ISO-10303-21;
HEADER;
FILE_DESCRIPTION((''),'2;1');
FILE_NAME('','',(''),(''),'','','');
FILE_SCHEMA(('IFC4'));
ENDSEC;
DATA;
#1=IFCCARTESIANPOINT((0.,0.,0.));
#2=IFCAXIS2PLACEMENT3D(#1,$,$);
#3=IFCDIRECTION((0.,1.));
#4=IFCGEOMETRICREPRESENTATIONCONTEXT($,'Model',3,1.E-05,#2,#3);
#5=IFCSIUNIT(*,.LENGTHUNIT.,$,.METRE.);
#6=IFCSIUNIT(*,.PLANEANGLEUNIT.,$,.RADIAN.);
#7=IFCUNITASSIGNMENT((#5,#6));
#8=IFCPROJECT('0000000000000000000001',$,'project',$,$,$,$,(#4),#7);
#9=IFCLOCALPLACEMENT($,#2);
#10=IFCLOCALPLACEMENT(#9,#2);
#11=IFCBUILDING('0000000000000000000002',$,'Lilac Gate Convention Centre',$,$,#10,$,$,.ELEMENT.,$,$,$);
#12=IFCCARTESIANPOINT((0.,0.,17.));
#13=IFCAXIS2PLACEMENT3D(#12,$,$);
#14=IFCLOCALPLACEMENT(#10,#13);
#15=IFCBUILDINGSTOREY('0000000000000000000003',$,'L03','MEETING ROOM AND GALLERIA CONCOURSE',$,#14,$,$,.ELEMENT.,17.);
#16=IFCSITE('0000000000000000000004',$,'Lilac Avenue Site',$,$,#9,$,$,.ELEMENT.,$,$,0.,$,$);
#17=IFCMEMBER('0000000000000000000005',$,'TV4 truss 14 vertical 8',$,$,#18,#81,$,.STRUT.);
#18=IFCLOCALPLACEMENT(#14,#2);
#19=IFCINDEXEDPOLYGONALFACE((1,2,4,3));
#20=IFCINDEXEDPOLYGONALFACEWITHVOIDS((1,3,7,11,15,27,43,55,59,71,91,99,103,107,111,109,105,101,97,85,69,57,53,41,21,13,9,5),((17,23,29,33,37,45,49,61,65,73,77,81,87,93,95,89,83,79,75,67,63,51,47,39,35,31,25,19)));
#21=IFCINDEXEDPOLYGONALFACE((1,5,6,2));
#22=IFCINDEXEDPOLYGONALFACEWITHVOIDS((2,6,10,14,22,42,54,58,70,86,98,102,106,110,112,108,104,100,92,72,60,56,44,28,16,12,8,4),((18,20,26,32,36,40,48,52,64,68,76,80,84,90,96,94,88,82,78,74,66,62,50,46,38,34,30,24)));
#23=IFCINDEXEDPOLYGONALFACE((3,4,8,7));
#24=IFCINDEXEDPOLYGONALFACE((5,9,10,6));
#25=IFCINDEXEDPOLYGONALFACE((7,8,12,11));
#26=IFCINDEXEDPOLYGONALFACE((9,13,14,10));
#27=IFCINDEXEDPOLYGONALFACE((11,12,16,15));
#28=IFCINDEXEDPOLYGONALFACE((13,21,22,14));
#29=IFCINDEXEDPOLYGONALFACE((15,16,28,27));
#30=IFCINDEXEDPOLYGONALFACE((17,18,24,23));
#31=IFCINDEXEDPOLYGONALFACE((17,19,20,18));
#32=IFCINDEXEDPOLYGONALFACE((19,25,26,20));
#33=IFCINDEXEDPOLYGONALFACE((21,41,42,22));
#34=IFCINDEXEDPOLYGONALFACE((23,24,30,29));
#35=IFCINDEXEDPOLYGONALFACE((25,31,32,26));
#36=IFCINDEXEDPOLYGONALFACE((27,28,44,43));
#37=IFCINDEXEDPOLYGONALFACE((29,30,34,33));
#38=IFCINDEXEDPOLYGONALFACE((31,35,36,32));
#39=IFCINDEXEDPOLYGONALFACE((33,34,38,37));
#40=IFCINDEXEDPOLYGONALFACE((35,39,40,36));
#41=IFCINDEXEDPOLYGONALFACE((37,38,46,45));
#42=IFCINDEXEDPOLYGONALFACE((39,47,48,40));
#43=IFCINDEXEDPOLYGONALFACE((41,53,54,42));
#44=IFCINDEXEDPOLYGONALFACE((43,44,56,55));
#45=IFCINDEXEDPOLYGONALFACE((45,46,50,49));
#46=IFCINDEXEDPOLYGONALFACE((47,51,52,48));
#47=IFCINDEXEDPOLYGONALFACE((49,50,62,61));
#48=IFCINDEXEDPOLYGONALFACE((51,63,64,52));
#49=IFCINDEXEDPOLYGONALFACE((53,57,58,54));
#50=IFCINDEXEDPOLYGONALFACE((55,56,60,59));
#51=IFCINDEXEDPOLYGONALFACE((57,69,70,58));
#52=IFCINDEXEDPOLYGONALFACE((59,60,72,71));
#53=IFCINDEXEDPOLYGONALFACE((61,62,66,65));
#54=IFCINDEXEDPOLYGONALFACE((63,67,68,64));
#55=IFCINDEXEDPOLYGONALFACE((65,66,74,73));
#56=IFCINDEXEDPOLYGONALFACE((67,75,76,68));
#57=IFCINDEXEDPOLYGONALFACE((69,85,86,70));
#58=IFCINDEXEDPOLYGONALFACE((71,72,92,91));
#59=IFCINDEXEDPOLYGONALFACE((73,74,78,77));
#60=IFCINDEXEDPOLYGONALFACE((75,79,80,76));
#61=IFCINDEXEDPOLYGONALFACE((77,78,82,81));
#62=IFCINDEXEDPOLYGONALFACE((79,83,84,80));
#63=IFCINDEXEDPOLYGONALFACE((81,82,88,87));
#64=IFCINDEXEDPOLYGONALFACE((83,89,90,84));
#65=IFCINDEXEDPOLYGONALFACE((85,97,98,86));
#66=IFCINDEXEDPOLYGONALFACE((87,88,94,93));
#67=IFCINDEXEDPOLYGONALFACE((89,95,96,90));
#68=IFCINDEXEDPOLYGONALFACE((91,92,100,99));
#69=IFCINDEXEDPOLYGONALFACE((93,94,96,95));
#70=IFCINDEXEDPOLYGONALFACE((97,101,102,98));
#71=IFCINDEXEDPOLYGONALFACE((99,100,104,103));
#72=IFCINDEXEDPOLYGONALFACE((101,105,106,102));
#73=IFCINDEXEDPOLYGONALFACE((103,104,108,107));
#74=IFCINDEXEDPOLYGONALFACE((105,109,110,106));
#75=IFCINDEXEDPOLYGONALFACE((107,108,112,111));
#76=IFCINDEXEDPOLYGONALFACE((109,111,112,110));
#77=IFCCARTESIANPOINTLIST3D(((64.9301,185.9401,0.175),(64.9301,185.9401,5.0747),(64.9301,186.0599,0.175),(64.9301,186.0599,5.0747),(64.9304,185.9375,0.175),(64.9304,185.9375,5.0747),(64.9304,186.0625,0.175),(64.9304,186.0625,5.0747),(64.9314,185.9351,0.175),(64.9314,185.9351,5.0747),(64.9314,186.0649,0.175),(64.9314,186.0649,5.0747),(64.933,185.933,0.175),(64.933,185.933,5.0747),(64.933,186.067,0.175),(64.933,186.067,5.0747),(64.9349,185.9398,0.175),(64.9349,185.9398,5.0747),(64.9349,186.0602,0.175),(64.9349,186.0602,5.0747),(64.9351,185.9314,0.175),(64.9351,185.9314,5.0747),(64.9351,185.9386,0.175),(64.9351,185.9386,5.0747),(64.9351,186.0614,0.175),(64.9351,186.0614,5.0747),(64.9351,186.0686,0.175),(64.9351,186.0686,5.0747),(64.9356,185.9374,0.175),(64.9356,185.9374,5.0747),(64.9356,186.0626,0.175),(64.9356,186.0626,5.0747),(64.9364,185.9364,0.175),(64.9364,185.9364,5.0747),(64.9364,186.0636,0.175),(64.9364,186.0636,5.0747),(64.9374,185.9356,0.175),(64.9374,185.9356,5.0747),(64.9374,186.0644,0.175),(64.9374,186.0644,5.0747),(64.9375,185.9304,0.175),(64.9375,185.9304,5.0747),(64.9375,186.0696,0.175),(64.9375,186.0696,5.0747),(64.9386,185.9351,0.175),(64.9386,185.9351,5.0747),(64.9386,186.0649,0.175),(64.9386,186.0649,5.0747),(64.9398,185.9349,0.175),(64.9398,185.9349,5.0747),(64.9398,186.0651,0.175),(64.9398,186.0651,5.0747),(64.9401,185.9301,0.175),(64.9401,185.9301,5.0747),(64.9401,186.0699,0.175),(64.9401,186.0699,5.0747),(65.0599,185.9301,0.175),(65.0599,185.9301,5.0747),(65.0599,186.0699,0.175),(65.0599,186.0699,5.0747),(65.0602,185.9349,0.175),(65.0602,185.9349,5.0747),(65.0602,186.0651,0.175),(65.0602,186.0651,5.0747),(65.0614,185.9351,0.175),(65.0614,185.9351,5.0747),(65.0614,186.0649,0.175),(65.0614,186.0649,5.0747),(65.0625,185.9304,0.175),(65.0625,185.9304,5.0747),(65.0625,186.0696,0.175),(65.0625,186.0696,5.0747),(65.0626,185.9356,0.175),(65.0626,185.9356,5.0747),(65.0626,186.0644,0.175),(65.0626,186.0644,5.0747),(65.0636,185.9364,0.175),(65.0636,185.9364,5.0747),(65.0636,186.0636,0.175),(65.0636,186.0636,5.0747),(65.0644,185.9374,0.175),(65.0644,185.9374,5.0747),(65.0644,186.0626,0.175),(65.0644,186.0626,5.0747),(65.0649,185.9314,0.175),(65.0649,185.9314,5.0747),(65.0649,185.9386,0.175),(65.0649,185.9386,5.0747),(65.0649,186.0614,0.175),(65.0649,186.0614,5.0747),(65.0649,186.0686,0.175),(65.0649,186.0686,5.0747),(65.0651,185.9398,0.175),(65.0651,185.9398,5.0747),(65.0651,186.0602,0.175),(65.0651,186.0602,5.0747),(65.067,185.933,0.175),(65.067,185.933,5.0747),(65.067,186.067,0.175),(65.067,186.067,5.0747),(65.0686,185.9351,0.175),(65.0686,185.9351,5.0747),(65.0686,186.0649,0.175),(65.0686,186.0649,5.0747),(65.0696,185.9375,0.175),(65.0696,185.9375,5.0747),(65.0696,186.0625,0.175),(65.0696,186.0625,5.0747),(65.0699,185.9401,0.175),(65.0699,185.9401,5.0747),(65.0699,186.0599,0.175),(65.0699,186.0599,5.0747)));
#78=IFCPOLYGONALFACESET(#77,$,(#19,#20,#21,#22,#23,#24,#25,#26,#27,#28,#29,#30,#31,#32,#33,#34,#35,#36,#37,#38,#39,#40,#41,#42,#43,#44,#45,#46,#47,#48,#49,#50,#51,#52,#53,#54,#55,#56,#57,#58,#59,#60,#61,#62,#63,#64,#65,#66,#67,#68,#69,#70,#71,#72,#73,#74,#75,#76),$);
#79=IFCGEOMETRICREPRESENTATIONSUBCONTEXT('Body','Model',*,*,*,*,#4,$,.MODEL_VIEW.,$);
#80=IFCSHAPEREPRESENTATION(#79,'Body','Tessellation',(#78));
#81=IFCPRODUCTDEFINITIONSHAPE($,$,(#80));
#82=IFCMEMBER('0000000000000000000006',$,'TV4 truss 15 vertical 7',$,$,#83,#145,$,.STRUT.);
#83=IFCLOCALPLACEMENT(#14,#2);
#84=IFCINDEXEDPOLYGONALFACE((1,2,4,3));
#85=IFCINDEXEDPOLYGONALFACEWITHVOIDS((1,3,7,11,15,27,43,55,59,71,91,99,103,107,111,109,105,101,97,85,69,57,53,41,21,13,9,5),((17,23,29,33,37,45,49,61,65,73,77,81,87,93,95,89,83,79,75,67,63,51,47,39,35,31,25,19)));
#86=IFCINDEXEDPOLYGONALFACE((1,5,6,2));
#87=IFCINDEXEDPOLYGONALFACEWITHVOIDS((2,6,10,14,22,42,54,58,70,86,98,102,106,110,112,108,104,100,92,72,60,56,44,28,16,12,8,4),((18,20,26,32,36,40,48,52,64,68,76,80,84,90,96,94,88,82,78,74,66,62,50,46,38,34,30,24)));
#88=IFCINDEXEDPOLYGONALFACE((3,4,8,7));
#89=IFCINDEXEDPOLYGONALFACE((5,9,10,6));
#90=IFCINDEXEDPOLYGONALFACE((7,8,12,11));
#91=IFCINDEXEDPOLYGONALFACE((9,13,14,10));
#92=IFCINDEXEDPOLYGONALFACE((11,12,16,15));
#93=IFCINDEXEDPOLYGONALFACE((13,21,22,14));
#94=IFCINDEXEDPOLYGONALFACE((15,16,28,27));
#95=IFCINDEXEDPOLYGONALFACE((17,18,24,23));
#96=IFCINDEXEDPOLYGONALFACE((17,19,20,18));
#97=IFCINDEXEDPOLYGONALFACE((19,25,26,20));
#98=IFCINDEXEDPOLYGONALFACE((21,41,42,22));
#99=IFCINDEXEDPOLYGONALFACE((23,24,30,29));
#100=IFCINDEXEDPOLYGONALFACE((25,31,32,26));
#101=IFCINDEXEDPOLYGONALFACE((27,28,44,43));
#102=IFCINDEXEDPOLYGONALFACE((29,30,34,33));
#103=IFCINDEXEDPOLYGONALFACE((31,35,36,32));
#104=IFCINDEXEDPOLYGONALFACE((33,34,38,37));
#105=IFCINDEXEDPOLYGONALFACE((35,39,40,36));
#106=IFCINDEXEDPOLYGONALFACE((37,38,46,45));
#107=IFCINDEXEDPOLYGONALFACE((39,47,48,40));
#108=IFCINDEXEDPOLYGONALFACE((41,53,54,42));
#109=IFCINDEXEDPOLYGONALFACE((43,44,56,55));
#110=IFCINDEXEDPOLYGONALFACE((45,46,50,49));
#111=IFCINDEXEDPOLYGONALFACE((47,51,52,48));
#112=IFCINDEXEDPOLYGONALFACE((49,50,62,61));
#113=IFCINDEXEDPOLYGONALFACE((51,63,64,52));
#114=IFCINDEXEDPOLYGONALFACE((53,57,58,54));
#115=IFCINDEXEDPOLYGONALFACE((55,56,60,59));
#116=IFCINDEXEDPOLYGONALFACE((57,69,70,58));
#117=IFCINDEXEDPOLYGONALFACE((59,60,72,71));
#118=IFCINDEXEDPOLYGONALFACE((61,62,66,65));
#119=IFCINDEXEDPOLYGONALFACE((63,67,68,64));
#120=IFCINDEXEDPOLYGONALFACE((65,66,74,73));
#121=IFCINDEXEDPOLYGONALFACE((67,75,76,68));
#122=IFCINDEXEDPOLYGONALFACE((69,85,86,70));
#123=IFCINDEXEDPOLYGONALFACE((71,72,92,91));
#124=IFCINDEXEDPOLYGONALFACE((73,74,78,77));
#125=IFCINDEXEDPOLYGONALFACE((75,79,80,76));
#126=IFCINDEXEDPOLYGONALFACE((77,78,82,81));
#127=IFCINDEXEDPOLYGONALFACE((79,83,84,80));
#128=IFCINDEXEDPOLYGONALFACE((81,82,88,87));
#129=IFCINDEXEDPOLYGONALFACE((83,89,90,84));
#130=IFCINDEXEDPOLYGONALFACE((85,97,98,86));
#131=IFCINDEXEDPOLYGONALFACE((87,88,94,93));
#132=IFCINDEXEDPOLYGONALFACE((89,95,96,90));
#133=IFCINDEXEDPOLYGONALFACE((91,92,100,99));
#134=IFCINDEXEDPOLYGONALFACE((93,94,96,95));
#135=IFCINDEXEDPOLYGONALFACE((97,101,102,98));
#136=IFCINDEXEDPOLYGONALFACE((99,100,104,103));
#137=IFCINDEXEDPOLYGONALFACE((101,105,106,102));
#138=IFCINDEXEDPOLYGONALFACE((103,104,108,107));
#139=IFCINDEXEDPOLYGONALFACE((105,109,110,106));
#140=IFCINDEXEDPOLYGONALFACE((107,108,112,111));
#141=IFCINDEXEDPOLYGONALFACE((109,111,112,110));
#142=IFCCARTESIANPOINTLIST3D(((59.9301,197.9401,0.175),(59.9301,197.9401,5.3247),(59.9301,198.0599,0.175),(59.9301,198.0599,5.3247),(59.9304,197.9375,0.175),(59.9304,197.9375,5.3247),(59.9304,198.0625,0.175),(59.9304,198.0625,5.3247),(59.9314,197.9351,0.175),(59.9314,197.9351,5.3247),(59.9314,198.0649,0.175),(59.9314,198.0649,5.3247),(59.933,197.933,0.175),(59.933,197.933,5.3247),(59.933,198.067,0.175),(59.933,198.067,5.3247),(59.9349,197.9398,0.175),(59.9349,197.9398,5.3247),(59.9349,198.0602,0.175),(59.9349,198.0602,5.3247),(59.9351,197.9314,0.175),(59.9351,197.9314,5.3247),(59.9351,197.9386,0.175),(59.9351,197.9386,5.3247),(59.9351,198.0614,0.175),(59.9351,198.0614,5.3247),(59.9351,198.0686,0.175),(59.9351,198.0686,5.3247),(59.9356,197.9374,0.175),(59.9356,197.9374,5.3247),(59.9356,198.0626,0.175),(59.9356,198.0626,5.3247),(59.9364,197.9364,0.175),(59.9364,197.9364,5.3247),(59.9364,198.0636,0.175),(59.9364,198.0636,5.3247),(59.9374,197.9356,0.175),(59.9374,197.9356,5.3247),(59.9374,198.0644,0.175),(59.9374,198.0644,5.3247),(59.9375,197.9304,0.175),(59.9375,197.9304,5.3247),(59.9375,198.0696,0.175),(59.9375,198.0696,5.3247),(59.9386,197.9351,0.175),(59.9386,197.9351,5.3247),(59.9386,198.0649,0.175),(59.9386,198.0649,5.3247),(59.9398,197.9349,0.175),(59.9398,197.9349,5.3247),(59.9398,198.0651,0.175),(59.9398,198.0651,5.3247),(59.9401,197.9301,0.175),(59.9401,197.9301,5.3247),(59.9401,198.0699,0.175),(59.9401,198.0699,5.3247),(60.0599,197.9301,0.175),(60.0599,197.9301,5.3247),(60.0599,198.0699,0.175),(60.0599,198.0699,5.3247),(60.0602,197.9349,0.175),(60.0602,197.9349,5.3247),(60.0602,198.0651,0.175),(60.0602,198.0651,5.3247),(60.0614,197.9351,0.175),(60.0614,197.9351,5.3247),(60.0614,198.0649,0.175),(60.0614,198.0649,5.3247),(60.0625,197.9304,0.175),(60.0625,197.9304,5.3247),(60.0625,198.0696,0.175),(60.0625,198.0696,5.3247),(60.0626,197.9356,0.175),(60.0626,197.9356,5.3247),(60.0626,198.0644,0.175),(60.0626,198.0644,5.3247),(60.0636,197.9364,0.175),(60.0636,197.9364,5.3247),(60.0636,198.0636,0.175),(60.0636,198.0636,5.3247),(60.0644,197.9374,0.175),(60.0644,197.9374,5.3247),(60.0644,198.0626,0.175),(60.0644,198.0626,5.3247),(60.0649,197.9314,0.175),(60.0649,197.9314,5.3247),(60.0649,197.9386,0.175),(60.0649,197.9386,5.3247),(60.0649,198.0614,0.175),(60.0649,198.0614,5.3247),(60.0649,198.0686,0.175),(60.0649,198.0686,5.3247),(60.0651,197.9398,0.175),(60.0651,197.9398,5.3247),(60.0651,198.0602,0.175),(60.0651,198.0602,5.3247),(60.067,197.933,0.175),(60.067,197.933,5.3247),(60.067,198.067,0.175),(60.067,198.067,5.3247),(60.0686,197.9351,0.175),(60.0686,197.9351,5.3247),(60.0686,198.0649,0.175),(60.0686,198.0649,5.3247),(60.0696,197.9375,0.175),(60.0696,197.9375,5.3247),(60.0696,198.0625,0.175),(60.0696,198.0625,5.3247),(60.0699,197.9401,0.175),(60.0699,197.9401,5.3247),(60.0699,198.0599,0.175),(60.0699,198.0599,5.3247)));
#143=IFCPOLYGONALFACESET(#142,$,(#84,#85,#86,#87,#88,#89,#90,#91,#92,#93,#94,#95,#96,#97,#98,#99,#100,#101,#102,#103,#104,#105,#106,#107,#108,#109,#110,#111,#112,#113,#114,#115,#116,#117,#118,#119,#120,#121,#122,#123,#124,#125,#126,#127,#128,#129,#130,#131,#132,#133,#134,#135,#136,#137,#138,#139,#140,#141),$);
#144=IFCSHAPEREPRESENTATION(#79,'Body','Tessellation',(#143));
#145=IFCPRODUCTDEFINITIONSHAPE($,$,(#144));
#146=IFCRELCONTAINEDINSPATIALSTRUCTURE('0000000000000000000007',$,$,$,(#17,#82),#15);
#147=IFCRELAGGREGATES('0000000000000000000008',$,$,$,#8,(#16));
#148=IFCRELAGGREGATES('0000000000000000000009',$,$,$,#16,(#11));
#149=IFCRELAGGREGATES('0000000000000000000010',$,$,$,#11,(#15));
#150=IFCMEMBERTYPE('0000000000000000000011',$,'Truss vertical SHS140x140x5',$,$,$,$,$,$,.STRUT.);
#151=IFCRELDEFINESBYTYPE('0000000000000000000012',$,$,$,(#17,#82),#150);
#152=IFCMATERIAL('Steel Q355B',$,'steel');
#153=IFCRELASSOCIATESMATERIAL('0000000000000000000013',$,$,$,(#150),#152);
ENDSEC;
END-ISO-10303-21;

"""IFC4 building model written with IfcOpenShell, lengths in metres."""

from ifc_helpers import new_model, si_unit, direction, frame, origin, origin_2d, place, context, subcontext, project, spatial, hollow_rectangle, extrude, material, material_profile, profile_set, type_object, element, save


model = new_model("IFC4")

# Units and contexts
model_context = context("Model", 3, precision=1e-05, world=origin(), true_north=direction((0.0, 1.0)))
body_context = subcontext(model_context, "Body", "Model", "MODEL_VIEW")
ifc_project = project(units=[si_unit("LENGTHUNIT", "METRE"), si_unit("PLANEANGLEUNIT", "RADIAN")], contexts=[model_context])

# Site, building, storey
site_placement = place(None, origin())
site = spatial("IfcSite", under=ifc_project, at=site_placement, Name="Lilac Avenue Site", CompositionType="ELEMENT", RefElevation=0.0)
building_placement = place(site_placement, origin())
building = spatial("IfcBuilding", under=site, at=building_placement, Name="Lilac Gate Convention Centre", CompositionType="ELEMENT")
storey_placement = place(building_placement, frame((0.0, 0.0, 17.0)))
storey = spatial("IfcBuildingStorey", under=building, at=storey_placement, Name="L03", Description="MEETING ROOM AND GALLERIA CONCOURSE", CompositionType="ELEMENT", Elevation=17.0)

# Members
ifc_material = material(Name="Steel Q355B", Category="steel")
ifc_material_profile_1 = material_profile(ifc_material, hollow_rectangle(XDim=0.1399, YDim=0.1399, WallThickness=0.0049, InnerFilletRadius=0.0049, OuterFilletRadius=0.01, at=origin_2d()), Name="SHS140x140x5")
ifc_profile_set_1 = profile_set([ifc_material_profile_1], Name="Steel Q355B")
member_type_1 = type_object("IfcMemberType", Name="Truss vertical SHS140x140x5", PredefinedType="STRUT", material=ifc_profile_set_1)
member_1_placement = place(storey_placement, frame((65.0, 186.0, 0.175), z_axis=(0.0, 0.0, 1.0), x_axis=(1.0, 0.0, 0.0)))
element("IfcMember", 1, at=member_1_placement, inside=storey, type_object=member_type_1, Name="TV4 truss 14 vertical 8", PredefinedType="STRUT", context=body_context, shape_type="SweptSolid", body=[
    extrude(hollow_rectangle(XDim=0.1399, YDim=0.1399, WallThickness=0.0049, InnerFilletRadius=0.0049, OuterFilletRadius=0.01, at=origin_2d()), origin(), (0.0, 0.0, 1.0), 4.8997),
])
member_2_placement = place(storey_placement, frame((60.0, 198.0, 0.175), z_axis=(0.0, 0.0, 1.0), x_axis=(1.0, 0.0, 0.0)))
element("IfcMember", 2, at=member_2_placement, inside=storey, type_object=member_type_1, Name="TV4 truss 15 vertical 7", PredefinedType="STRUT", context=body_context, shape_type="SweptSolid", body=[
    extrude(hollow_rectangle(XDim=0.1399, YDim=0.1399, WallThickness=0.0049, InnerFilletRadius=0.0049, OuterFilletRadius=0.01, at=origin_2d()), origin(), (0.0, 0.0, 1.0), 5.1497),
])

save(model, "model.ifc")
